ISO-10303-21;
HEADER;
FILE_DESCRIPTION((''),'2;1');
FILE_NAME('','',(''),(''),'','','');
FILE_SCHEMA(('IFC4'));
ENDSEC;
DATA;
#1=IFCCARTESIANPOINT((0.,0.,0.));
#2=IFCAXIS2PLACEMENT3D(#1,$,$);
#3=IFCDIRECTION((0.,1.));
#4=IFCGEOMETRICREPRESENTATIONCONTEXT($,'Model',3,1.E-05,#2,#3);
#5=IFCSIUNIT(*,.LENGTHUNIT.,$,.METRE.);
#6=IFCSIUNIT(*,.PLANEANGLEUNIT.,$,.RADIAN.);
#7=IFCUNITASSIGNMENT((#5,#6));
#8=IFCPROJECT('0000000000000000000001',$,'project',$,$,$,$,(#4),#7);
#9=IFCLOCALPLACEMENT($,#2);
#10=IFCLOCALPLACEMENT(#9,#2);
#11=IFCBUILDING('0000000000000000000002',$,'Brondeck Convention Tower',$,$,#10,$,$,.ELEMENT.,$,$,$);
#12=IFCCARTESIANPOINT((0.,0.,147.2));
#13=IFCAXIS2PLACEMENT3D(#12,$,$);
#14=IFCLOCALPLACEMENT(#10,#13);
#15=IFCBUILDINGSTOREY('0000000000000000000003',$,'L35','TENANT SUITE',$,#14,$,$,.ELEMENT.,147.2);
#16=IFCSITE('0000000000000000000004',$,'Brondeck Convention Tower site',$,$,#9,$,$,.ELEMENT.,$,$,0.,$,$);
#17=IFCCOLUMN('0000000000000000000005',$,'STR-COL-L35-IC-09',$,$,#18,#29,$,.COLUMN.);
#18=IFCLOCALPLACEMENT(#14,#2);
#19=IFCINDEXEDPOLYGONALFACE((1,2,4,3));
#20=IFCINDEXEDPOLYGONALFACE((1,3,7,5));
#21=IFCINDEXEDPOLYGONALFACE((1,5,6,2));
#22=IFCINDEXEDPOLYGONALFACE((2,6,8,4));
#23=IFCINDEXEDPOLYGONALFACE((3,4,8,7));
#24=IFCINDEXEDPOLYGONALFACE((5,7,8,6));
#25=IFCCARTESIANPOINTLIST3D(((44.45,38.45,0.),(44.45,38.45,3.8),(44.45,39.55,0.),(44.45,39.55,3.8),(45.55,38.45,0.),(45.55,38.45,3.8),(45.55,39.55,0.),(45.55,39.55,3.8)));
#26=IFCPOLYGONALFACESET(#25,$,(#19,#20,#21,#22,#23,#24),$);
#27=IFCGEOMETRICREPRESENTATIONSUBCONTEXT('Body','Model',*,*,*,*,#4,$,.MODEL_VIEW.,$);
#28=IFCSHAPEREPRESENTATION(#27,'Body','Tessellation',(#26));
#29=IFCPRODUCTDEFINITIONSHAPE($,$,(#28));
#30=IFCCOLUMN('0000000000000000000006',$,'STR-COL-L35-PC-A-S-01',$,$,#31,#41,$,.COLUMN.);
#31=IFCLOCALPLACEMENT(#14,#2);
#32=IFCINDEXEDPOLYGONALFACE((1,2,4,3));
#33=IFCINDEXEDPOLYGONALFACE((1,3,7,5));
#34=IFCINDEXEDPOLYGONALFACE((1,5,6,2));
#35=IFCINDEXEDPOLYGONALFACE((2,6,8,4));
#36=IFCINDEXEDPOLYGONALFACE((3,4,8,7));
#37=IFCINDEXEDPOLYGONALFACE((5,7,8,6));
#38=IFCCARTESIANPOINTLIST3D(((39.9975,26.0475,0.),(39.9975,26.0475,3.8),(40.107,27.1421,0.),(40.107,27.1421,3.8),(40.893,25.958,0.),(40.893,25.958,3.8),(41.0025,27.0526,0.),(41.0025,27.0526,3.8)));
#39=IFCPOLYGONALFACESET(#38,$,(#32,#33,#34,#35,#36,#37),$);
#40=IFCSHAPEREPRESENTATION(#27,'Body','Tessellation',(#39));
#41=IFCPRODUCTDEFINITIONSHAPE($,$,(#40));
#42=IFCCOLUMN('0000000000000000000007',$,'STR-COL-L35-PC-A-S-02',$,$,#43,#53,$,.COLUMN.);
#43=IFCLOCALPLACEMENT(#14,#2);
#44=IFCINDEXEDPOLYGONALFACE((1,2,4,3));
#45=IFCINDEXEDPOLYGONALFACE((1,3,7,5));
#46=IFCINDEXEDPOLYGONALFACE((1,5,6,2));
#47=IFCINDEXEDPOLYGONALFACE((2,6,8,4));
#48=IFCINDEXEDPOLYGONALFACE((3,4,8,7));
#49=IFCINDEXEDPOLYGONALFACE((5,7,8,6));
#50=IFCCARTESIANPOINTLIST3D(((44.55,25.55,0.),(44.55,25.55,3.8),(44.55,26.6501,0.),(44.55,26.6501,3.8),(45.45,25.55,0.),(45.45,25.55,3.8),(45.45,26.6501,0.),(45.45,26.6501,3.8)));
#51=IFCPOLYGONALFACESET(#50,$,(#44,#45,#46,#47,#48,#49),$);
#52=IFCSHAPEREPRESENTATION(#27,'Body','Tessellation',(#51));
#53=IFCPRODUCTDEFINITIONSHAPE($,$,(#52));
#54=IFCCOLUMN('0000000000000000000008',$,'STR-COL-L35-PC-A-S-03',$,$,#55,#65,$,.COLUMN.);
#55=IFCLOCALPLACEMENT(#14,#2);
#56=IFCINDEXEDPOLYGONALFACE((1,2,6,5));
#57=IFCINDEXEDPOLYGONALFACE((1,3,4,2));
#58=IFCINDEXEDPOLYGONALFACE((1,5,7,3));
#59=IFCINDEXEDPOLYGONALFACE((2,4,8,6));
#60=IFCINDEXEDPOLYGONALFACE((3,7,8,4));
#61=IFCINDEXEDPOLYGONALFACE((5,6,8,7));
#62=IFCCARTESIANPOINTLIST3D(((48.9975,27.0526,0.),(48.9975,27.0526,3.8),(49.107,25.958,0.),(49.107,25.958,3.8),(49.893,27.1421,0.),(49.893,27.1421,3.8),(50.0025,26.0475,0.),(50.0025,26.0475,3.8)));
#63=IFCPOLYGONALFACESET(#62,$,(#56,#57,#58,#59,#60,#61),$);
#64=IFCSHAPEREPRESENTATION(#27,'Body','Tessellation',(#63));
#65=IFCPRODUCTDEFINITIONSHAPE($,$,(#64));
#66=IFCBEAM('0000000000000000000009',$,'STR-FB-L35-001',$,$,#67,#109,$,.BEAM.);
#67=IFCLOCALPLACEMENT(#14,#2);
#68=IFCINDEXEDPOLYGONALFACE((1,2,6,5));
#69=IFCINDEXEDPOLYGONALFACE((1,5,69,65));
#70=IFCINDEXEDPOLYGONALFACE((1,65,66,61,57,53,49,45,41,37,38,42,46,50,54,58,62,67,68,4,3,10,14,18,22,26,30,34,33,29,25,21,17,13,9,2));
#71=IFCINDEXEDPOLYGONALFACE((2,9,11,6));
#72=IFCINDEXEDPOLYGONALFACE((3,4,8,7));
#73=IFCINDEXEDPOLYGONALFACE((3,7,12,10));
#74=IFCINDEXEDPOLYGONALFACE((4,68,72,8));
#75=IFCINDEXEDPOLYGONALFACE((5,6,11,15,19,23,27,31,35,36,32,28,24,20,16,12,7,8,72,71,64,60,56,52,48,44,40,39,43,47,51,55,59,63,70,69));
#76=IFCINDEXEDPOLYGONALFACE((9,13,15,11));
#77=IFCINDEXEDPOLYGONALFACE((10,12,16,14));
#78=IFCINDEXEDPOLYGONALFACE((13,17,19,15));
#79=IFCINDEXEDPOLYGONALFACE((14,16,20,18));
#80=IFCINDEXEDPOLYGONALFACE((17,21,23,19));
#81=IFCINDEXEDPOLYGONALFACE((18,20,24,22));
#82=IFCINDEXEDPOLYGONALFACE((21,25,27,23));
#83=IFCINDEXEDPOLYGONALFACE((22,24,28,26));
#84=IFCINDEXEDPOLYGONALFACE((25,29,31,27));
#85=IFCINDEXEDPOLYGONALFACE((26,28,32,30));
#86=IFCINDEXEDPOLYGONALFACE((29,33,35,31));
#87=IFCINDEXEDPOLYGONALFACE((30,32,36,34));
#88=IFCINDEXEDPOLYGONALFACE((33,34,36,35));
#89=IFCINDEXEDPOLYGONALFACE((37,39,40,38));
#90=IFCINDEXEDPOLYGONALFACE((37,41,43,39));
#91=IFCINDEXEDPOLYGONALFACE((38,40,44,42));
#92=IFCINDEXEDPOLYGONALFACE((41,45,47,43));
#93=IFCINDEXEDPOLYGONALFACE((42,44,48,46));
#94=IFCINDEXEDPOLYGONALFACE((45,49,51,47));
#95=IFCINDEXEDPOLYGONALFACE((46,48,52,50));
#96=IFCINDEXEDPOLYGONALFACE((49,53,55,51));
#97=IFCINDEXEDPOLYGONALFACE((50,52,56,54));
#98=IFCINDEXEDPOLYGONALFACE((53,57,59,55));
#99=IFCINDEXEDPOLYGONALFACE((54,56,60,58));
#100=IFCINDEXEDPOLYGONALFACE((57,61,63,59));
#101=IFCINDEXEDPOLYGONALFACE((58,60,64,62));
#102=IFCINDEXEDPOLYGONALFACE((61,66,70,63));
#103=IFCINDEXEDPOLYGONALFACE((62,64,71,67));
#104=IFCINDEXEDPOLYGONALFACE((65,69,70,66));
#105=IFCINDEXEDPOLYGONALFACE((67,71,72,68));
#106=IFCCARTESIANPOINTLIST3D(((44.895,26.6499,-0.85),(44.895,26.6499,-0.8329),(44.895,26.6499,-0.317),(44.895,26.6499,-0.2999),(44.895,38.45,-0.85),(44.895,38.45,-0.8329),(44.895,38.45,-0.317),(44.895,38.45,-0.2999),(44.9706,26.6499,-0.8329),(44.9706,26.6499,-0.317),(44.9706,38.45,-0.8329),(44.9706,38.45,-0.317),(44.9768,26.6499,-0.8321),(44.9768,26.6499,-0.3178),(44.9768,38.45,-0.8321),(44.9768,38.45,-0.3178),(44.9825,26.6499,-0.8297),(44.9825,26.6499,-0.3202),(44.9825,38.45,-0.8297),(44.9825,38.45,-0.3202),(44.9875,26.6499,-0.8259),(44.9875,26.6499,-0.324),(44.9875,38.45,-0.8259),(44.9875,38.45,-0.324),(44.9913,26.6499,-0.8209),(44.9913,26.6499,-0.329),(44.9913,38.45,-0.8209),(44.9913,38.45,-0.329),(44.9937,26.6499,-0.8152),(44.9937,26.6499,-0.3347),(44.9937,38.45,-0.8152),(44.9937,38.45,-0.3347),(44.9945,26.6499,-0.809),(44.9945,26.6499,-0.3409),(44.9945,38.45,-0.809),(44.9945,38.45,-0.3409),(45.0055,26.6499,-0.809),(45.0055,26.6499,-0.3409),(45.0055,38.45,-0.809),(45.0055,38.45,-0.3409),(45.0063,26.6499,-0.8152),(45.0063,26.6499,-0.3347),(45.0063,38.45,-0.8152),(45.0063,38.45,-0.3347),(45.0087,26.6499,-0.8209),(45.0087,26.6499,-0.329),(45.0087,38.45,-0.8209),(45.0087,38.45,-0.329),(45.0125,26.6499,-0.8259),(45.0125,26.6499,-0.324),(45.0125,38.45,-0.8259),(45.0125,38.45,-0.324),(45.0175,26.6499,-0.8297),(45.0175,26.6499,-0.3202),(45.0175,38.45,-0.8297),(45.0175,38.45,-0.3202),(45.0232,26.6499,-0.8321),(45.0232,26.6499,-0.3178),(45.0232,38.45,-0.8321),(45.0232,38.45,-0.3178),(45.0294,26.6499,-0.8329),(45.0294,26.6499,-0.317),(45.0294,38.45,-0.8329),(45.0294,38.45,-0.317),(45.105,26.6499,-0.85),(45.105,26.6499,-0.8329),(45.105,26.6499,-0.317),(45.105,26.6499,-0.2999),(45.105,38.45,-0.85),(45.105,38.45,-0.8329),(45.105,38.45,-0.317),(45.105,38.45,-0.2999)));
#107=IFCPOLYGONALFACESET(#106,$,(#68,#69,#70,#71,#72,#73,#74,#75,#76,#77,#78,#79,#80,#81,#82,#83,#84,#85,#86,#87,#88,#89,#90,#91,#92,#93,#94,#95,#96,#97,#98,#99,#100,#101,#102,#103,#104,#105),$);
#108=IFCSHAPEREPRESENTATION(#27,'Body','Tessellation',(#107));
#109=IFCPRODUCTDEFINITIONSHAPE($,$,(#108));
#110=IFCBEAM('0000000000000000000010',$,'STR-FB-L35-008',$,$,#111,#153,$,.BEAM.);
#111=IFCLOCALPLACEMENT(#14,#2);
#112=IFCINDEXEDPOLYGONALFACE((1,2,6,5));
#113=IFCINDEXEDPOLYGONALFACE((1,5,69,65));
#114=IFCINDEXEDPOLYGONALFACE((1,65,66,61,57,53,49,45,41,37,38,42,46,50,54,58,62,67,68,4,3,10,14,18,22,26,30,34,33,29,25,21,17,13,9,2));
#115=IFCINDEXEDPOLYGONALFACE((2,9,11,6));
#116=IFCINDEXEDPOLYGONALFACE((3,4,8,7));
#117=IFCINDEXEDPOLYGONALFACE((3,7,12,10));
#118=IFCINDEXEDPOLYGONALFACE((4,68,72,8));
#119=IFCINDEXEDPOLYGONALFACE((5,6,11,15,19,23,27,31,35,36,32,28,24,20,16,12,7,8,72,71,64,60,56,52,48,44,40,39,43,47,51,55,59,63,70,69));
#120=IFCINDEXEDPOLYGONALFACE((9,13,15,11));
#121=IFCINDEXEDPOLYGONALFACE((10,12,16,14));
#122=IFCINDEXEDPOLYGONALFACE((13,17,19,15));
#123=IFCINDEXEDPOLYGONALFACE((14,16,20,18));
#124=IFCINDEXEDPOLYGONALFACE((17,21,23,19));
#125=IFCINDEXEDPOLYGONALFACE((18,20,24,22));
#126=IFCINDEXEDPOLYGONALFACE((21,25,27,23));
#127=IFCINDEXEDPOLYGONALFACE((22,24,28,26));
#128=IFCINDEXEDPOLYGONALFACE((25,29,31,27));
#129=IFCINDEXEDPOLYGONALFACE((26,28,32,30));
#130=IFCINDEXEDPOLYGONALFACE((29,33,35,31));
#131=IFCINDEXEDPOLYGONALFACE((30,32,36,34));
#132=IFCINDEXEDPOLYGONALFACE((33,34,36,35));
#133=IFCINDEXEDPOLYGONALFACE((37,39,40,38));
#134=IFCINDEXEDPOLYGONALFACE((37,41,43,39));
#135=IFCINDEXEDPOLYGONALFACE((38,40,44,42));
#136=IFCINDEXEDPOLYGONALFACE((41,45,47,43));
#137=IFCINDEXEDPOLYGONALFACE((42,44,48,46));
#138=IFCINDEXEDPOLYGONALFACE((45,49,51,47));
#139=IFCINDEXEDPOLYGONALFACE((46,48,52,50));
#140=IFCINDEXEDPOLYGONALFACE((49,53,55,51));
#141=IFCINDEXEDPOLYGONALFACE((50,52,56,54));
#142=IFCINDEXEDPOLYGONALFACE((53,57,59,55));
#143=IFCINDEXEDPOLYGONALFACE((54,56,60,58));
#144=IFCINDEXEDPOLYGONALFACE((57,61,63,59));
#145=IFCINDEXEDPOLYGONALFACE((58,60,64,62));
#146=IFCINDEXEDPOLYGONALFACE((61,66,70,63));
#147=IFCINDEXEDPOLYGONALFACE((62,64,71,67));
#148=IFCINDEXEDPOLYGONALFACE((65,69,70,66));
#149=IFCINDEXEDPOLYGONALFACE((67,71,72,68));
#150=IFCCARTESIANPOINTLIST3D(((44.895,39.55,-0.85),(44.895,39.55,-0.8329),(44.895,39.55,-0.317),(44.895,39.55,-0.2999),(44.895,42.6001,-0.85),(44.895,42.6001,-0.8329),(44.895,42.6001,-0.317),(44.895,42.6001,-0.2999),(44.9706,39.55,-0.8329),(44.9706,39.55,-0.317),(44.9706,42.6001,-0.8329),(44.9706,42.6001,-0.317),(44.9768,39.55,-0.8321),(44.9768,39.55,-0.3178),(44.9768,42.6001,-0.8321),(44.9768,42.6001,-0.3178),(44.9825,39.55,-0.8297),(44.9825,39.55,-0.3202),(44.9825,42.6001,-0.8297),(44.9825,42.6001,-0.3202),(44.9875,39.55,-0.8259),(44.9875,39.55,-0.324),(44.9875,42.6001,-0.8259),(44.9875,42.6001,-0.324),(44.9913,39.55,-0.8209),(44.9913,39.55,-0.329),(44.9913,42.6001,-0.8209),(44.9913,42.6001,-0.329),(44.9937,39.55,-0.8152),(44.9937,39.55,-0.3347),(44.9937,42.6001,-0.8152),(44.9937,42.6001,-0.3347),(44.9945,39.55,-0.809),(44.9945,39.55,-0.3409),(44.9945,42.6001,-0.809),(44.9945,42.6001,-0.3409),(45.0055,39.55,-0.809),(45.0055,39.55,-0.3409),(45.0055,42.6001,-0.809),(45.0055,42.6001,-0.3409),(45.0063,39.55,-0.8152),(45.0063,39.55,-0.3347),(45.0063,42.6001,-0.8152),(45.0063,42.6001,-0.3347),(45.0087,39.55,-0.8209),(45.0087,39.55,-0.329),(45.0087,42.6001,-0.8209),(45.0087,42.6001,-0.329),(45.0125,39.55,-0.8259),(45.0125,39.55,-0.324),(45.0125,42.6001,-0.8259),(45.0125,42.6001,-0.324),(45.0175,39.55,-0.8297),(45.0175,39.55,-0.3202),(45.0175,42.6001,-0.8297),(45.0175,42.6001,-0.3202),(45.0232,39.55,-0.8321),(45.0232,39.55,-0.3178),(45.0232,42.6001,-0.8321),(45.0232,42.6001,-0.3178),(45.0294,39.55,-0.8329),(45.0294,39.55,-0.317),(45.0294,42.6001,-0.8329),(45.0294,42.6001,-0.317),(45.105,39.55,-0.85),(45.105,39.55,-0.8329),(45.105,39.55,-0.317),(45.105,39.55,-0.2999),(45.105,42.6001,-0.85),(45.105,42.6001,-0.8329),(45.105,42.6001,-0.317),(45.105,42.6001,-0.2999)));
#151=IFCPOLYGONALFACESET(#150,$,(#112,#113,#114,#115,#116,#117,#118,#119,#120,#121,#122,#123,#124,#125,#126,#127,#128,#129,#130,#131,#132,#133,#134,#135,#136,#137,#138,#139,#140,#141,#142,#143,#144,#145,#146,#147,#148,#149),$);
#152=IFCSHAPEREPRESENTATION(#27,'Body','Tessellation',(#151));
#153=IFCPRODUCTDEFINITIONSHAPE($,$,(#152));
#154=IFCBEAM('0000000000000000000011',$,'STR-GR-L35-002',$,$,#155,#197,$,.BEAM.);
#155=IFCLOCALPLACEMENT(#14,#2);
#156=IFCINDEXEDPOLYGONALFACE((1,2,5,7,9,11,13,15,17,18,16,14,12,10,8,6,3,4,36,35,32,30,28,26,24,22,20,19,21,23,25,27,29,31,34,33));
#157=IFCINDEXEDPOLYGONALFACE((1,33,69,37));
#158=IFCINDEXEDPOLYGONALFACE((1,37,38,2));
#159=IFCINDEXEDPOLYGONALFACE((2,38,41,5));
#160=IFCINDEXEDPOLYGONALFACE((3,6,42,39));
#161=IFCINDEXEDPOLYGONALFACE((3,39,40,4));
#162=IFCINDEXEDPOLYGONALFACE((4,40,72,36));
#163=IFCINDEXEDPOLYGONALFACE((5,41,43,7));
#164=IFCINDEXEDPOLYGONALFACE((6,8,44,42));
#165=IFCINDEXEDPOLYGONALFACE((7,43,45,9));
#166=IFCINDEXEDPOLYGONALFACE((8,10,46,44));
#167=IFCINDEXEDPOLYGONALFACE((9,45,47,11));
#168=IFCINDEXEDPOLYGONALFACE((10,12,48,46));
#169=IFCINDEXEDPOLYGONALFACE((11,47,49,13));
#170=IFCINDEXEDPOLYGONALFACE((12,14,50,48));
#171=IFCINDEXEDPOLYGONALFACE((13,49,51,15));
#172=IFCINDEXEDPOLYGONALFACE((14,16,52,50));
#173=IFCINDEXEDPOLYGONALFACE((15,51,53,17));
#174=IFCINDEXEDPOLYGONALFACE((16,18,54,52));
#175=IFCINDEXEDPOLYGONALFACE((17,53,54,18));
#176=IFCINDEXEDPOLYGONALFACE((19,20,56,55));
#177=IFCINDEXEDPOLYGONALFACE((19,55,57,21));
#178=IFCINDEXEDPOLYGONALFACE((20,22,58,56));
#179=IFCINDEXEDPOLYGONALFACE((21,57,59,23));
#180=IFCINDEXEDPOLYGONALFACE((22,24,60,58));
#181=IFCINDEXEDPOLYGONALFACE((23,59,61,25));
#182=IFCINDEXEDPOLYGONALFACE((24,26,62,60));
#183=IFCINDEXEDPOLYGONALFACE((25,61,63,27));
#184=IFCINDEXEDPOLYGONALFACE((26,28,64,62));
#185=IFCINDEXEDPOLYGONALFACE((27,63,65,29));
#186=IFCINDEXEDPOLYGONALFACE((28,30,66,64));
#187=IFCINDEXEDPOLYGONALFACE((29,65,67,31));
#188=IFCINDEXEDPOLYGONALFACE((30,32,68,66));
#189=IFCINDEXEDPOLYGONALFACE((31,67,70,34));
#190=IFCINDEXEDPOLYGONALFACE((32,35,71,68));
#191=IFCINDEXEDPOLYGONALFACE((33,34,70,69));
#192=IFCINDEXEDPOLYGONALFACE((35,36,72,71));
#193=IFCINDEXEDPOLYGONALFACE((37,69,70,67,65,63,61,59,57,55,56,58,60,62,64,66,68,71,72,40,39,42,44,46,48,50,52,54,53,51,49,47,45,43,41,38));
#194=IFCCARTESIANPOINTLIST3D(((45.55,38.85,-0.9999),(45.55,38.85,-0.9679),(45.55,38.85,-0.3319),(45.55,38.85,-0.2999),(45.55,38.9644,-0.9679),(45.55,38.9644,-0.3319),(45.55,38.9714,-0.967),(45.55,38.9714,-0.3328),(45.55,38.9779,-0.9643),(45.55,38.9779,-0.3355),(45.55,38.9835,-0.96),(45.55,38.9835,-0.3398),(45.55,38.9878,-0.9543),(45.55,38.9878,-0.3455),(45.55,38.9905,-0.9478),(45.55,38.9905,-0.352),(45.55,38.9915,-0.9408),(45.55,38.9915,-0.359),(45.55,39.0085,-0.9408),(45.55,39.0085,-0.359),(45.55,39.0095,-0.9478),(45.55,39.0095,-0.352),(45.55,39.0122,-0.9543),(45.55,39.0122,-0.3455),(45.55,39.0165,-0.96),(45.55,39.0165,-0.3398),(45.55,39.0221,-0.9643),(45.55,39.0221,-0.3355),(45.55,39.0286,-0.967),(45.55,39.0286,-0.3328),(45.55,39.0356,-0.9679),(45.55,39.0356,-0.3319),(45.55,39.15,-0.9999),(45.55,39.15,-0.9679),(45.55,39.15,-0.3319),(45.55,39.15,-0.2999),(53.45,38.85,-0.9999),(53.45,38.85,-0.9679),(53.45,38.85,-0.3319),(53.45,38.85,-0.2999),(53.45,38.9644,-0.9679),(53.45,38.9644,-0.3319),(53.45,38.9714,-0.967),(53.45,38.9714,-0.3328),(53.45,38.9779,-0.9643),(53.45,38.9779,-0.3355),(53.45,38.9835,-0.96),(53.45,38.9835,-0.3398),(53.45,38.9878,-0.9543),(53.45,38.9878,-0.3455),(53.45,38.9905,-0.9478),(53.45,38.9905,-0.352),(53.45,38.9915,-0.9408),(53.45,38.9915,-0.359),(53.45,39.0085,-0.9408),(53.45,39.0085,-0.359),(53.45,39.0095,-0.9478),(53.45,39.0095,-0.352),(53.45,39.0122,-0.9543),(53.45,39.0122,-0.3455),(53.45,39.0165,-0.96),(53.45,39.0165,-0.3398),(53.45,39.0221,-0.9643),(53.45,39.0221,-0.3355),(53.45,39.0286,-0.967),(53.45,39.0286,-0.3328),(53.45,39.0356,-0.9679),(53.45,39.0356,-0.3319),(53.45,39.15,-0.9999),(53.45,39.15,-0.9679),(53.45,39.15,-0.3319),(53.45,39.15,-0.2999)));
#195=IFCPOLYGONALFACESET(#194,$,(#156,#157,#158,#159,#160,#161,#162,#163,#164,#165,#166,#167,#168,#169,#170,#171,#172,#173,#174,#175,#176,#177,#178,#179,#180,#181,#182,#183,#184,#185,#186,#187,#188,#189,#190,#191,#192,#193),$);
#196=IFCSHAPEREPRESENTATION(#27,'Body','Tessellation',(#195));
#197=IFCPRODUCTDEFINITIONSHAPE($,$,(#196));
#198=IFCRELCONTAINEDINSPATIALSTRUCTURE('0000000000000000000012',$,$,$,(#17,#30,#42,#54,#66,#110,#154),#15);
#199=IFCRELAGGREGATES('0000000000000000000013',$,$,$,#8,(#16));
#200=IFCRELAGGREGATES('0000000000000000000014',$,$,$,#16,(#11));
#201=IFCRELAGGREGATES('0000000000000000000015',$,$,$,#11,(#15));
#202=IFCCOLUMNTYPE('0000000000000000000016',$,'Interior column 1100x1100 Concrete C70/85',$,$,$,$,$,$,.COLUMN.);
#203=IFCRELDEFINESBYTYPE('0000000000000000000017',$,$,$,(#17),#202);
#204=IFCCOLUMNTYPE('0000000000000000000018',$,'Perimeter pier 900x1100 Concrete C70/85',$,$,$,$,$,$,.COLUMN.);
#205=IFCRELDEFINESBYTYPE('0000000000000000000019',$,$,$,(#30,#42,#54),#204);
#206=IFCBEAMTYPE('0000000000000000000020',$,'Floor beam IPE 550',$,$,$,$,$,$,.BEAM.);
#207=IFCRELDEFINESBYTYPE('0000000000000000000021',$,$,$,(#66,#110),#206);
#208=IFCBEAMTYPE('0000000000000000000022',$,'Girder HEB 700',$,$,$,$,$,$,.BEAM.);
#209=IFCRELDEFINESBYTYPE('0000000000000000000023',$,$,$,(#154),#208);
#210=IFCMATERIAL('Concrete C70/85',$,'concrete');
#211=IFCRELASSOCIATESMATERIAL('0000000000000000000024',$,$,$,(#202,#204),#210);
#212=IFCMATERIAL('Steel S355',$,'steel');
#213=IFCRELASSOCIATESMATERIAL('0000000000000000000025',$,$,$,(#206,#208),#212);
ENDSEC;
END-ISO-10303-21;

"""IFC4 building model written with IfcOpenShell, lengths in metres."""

from ifc_helpers import new_model, si_unit, direction, frame, origin, origin_2d, place, context, subcontext, project, spatial, rectangle, i_section, extrude, material, material_profile, profile_set, type_object, element, save


model = new_model("IFC4")

# Units and contexts
model_context = context("Model", 3, precision=1e-05, world=origin(), true_north=direction((0.0, 1.0)))
body_context = subcontext(model_context, "Body", "Model", "MODEL_VIEW")
ifc_project = project(units=[si_unit("LENGTHUNIT", "METRE"), si_unit("PLANEANGLEUNIT", "RADIAN")], contexts=[model_context])

# Site, building, storey
site_placement = place(None, origin())
site = spatial("IfcSite", under=ifc_project, at=site_placement, Name="Brondeck Convention Tower site", CompositionType="ELEMENT", RefElevation=0.0)
building_placement = place(site_placement, origin())
building = spatial("IfcBuilding", under=site, at=building_placement, Name="Brondeck Convention Tower", CompositionType="ELEMENT")
storey_placement = place(building_placement, frame((0.0, 0.0, 147.2)))
storey = spatial("IfcBuildingStorey", under=building, at=storey_placement, Name="L35", Description="TENANT SUITE", CompositionType="ELEMENT", Elevation=147.2)

# Columns
ifc_material_1 = material(Name="Concrete C70/85", Category="concrete")
ifc_material_profile_1 = material_profile(ifc_material_1, rectangle(XDim=1.1001, YDim=1.1001, at=origin_2d()), Name="Interior column 1100x1100 Concrete C70/85")
ifc_profile_set_1 = profile_set([ifc_material_profile_1], Name="Concrete C70/85")
column_type_1 = type_object("IfcColumnType", Name="Interior column 1100x1100 Concrete C70/85", PredefinedType="COLUMN", material=ifc_profile_set_1)
column_placement = place(storey_placement, frame((45.0, 39.0, 0.0), z_axis=(0.0, 0.0, 1.0), x_axis=(1.0, 0.0, 0.0)))
element("IfcColumn", 1, at=column_placement, inside=storey, type_object=column_type_1, Name="STR-COL-L35-IC-09", PredefinedType="COLUMN", context=body_context, shape_type="SweptSolid", body=[
    extrude(rectangle(XDim=1.1001, YDim=1.1001, at=origin_2d()), origin(), (0.0, 0.0, 1.0), 3.8),
])
ifc_material_profile_2 = material_profile(ifc_material_1, rectangle(XDim=0.8999, YDim=1.1001, at=origin_2d()), Name="Perimeter pier 900x1100 Concrete C70/85")
ifc_profile_set_2 = profile_set([ifc_material_profile_2], Name="Concrete C70/85")
column_type_2 = type_object("IfcColumnType", Name="Perimeter pier 900x1100 Concrete C70/85", PredefinedType="COLUMN", material=ifc_profile_set_2)
for number, where, z_axis, x_axis, name in (
    (2, (40.5, 26.55, 0.0), (0.0, 0.0, 1.0), (0.995037, -0.099504, 0.0), "STR-COL-L35-PC-A-S-01"),
    (3, (45.0, 26.1001, 0.0), (0.0, 0.0, 1.0), (1.0, 0.0, 0.0), "STR-COL-L35-PC-A-S-02"),
    (4, (49.5, 26.55, 0.0), (0.0, 0.0, 1.0), (0.995037, 0.099504, 0.0), "STR-COL-L35-PC-A-S-03"),
):
    element("IfcColumn", number, at=place(storey_placement, frame(where, z_axis=z_axis, x_axis=x_axis)), inside=storey, type_object=column_type_2, Name=name, PredefinedType="COLUMN", context=body_context, shape_type="SweptSolid", body=[
        extrude(rectangle(XDim=0.8999, YDim=1.1001, at=origin_2d()), origin(), (0.0, 0.0, 1.0), 3.8),
    ])

# Beams
ifc_material_2 = material(Name="Steel S355", Category="steel")
ifc_material_profile_3 = material_profile(ifc_material_2, i_section(OverallWidth=0.21, OverallDepth=0.55, WebThickness=0.011, FlangeThickness=0.0171, FilletRadius=0.0239, at=origin_2d()), Name="IPE 550")
ifc_profile_set_3 = profile_set([ifc_material_profile_3], Name="Steel S355")
beam_type_1 = type_object("IfcBeamType", Name="Floor beam IPE 550", PredefinedType="BEAM", material=ifc_profile_set_3)
beam_1_placement = place(storey_placement, frame((45.0, 26.6499, -0.575), z_axis=(0.0, 1.0, 0.0), x_axis=(-1.0, 0.0, 0.0)))
element("IfcBeam", 5, at=beam_1_placement, inside=storey, type_object=beam_type_1, Name="STR-FB-L35-001", PredefinedType="BEAM", context=body_context, shape_type="SweptSolid", body=[
    extrude(i_section(OverallWidth=0.21, OverallDepth=0.55, WebThickness=0.011, FlangeThickness=0.0171, FilletRadius=0.0239, at=origin_2d()), origin(), (0.0, 0.0, 1.0), 11.8),
])
beam_2_placement = place(storey_placement, frame((45.0, 39.55, -0.575), z_axis=(0.0, 1.0, 0.0), x_axis=(-1.0, 0.0, 0.0)))
element("IfcBeam", 6, at=beam_2_placement, inside=storey, type_object=beam_type_1, Name="STR-FB-L35-008", PredefinedType="BEAM", context=body_context, shape_type="SweptSolid", body=[
    extrude(i_section(OverallWidth=0.21, OverallDepth=0.55, WebThickness=0.011, FlangeThickness=0.0171, FilletRadius=0.0239, at=origin_2d()), origin(), (0.0, 0.0, 1.0), 3.05),
])
ifc_material_profile_4 = material_profile(ifc_material_2, i_section(OverallWidth=0.3, OverallDepth=0.7, WebThickness=0.0171, FlangeThickness=0.032, FilletRadius=0.0271, at=origin_2d()), Name="HEB 700")
ifc_profile_set_4 = profile_set([ifc_material_profile_4], Name="Steel S355")
beam_type_2 = type_object("IfcBeamType", Name="Girder HEB 700", PredefinedType="BEAM", material=ifc_profile_set_4)
beam_3_placement = place(storey_placement, frame((45.55, 39.0, -0.6499), z_axis=(1.0, 0.0, 0.0), x_axis=(0.0, 1.0, 0.0)))
element("IfcBeam", 7, at=beam_3_placement, inside=storey, type_object=beam_type_2, Name="STR-GR-L35-002", PredefinedType="BEAM", context=body_context, shape_type="SweptSolid", body=[
    extrude(i_section(OverallWidth=0.3, OverallDepth=0.7, WebThickness=0.0171, FlangeThickness=0.032, FilletRadius=0.0271, at=origin_2d()), origin(), (0.0, 0.0, 1.0), 7.8999),
])

save(model, "model.ifc")
